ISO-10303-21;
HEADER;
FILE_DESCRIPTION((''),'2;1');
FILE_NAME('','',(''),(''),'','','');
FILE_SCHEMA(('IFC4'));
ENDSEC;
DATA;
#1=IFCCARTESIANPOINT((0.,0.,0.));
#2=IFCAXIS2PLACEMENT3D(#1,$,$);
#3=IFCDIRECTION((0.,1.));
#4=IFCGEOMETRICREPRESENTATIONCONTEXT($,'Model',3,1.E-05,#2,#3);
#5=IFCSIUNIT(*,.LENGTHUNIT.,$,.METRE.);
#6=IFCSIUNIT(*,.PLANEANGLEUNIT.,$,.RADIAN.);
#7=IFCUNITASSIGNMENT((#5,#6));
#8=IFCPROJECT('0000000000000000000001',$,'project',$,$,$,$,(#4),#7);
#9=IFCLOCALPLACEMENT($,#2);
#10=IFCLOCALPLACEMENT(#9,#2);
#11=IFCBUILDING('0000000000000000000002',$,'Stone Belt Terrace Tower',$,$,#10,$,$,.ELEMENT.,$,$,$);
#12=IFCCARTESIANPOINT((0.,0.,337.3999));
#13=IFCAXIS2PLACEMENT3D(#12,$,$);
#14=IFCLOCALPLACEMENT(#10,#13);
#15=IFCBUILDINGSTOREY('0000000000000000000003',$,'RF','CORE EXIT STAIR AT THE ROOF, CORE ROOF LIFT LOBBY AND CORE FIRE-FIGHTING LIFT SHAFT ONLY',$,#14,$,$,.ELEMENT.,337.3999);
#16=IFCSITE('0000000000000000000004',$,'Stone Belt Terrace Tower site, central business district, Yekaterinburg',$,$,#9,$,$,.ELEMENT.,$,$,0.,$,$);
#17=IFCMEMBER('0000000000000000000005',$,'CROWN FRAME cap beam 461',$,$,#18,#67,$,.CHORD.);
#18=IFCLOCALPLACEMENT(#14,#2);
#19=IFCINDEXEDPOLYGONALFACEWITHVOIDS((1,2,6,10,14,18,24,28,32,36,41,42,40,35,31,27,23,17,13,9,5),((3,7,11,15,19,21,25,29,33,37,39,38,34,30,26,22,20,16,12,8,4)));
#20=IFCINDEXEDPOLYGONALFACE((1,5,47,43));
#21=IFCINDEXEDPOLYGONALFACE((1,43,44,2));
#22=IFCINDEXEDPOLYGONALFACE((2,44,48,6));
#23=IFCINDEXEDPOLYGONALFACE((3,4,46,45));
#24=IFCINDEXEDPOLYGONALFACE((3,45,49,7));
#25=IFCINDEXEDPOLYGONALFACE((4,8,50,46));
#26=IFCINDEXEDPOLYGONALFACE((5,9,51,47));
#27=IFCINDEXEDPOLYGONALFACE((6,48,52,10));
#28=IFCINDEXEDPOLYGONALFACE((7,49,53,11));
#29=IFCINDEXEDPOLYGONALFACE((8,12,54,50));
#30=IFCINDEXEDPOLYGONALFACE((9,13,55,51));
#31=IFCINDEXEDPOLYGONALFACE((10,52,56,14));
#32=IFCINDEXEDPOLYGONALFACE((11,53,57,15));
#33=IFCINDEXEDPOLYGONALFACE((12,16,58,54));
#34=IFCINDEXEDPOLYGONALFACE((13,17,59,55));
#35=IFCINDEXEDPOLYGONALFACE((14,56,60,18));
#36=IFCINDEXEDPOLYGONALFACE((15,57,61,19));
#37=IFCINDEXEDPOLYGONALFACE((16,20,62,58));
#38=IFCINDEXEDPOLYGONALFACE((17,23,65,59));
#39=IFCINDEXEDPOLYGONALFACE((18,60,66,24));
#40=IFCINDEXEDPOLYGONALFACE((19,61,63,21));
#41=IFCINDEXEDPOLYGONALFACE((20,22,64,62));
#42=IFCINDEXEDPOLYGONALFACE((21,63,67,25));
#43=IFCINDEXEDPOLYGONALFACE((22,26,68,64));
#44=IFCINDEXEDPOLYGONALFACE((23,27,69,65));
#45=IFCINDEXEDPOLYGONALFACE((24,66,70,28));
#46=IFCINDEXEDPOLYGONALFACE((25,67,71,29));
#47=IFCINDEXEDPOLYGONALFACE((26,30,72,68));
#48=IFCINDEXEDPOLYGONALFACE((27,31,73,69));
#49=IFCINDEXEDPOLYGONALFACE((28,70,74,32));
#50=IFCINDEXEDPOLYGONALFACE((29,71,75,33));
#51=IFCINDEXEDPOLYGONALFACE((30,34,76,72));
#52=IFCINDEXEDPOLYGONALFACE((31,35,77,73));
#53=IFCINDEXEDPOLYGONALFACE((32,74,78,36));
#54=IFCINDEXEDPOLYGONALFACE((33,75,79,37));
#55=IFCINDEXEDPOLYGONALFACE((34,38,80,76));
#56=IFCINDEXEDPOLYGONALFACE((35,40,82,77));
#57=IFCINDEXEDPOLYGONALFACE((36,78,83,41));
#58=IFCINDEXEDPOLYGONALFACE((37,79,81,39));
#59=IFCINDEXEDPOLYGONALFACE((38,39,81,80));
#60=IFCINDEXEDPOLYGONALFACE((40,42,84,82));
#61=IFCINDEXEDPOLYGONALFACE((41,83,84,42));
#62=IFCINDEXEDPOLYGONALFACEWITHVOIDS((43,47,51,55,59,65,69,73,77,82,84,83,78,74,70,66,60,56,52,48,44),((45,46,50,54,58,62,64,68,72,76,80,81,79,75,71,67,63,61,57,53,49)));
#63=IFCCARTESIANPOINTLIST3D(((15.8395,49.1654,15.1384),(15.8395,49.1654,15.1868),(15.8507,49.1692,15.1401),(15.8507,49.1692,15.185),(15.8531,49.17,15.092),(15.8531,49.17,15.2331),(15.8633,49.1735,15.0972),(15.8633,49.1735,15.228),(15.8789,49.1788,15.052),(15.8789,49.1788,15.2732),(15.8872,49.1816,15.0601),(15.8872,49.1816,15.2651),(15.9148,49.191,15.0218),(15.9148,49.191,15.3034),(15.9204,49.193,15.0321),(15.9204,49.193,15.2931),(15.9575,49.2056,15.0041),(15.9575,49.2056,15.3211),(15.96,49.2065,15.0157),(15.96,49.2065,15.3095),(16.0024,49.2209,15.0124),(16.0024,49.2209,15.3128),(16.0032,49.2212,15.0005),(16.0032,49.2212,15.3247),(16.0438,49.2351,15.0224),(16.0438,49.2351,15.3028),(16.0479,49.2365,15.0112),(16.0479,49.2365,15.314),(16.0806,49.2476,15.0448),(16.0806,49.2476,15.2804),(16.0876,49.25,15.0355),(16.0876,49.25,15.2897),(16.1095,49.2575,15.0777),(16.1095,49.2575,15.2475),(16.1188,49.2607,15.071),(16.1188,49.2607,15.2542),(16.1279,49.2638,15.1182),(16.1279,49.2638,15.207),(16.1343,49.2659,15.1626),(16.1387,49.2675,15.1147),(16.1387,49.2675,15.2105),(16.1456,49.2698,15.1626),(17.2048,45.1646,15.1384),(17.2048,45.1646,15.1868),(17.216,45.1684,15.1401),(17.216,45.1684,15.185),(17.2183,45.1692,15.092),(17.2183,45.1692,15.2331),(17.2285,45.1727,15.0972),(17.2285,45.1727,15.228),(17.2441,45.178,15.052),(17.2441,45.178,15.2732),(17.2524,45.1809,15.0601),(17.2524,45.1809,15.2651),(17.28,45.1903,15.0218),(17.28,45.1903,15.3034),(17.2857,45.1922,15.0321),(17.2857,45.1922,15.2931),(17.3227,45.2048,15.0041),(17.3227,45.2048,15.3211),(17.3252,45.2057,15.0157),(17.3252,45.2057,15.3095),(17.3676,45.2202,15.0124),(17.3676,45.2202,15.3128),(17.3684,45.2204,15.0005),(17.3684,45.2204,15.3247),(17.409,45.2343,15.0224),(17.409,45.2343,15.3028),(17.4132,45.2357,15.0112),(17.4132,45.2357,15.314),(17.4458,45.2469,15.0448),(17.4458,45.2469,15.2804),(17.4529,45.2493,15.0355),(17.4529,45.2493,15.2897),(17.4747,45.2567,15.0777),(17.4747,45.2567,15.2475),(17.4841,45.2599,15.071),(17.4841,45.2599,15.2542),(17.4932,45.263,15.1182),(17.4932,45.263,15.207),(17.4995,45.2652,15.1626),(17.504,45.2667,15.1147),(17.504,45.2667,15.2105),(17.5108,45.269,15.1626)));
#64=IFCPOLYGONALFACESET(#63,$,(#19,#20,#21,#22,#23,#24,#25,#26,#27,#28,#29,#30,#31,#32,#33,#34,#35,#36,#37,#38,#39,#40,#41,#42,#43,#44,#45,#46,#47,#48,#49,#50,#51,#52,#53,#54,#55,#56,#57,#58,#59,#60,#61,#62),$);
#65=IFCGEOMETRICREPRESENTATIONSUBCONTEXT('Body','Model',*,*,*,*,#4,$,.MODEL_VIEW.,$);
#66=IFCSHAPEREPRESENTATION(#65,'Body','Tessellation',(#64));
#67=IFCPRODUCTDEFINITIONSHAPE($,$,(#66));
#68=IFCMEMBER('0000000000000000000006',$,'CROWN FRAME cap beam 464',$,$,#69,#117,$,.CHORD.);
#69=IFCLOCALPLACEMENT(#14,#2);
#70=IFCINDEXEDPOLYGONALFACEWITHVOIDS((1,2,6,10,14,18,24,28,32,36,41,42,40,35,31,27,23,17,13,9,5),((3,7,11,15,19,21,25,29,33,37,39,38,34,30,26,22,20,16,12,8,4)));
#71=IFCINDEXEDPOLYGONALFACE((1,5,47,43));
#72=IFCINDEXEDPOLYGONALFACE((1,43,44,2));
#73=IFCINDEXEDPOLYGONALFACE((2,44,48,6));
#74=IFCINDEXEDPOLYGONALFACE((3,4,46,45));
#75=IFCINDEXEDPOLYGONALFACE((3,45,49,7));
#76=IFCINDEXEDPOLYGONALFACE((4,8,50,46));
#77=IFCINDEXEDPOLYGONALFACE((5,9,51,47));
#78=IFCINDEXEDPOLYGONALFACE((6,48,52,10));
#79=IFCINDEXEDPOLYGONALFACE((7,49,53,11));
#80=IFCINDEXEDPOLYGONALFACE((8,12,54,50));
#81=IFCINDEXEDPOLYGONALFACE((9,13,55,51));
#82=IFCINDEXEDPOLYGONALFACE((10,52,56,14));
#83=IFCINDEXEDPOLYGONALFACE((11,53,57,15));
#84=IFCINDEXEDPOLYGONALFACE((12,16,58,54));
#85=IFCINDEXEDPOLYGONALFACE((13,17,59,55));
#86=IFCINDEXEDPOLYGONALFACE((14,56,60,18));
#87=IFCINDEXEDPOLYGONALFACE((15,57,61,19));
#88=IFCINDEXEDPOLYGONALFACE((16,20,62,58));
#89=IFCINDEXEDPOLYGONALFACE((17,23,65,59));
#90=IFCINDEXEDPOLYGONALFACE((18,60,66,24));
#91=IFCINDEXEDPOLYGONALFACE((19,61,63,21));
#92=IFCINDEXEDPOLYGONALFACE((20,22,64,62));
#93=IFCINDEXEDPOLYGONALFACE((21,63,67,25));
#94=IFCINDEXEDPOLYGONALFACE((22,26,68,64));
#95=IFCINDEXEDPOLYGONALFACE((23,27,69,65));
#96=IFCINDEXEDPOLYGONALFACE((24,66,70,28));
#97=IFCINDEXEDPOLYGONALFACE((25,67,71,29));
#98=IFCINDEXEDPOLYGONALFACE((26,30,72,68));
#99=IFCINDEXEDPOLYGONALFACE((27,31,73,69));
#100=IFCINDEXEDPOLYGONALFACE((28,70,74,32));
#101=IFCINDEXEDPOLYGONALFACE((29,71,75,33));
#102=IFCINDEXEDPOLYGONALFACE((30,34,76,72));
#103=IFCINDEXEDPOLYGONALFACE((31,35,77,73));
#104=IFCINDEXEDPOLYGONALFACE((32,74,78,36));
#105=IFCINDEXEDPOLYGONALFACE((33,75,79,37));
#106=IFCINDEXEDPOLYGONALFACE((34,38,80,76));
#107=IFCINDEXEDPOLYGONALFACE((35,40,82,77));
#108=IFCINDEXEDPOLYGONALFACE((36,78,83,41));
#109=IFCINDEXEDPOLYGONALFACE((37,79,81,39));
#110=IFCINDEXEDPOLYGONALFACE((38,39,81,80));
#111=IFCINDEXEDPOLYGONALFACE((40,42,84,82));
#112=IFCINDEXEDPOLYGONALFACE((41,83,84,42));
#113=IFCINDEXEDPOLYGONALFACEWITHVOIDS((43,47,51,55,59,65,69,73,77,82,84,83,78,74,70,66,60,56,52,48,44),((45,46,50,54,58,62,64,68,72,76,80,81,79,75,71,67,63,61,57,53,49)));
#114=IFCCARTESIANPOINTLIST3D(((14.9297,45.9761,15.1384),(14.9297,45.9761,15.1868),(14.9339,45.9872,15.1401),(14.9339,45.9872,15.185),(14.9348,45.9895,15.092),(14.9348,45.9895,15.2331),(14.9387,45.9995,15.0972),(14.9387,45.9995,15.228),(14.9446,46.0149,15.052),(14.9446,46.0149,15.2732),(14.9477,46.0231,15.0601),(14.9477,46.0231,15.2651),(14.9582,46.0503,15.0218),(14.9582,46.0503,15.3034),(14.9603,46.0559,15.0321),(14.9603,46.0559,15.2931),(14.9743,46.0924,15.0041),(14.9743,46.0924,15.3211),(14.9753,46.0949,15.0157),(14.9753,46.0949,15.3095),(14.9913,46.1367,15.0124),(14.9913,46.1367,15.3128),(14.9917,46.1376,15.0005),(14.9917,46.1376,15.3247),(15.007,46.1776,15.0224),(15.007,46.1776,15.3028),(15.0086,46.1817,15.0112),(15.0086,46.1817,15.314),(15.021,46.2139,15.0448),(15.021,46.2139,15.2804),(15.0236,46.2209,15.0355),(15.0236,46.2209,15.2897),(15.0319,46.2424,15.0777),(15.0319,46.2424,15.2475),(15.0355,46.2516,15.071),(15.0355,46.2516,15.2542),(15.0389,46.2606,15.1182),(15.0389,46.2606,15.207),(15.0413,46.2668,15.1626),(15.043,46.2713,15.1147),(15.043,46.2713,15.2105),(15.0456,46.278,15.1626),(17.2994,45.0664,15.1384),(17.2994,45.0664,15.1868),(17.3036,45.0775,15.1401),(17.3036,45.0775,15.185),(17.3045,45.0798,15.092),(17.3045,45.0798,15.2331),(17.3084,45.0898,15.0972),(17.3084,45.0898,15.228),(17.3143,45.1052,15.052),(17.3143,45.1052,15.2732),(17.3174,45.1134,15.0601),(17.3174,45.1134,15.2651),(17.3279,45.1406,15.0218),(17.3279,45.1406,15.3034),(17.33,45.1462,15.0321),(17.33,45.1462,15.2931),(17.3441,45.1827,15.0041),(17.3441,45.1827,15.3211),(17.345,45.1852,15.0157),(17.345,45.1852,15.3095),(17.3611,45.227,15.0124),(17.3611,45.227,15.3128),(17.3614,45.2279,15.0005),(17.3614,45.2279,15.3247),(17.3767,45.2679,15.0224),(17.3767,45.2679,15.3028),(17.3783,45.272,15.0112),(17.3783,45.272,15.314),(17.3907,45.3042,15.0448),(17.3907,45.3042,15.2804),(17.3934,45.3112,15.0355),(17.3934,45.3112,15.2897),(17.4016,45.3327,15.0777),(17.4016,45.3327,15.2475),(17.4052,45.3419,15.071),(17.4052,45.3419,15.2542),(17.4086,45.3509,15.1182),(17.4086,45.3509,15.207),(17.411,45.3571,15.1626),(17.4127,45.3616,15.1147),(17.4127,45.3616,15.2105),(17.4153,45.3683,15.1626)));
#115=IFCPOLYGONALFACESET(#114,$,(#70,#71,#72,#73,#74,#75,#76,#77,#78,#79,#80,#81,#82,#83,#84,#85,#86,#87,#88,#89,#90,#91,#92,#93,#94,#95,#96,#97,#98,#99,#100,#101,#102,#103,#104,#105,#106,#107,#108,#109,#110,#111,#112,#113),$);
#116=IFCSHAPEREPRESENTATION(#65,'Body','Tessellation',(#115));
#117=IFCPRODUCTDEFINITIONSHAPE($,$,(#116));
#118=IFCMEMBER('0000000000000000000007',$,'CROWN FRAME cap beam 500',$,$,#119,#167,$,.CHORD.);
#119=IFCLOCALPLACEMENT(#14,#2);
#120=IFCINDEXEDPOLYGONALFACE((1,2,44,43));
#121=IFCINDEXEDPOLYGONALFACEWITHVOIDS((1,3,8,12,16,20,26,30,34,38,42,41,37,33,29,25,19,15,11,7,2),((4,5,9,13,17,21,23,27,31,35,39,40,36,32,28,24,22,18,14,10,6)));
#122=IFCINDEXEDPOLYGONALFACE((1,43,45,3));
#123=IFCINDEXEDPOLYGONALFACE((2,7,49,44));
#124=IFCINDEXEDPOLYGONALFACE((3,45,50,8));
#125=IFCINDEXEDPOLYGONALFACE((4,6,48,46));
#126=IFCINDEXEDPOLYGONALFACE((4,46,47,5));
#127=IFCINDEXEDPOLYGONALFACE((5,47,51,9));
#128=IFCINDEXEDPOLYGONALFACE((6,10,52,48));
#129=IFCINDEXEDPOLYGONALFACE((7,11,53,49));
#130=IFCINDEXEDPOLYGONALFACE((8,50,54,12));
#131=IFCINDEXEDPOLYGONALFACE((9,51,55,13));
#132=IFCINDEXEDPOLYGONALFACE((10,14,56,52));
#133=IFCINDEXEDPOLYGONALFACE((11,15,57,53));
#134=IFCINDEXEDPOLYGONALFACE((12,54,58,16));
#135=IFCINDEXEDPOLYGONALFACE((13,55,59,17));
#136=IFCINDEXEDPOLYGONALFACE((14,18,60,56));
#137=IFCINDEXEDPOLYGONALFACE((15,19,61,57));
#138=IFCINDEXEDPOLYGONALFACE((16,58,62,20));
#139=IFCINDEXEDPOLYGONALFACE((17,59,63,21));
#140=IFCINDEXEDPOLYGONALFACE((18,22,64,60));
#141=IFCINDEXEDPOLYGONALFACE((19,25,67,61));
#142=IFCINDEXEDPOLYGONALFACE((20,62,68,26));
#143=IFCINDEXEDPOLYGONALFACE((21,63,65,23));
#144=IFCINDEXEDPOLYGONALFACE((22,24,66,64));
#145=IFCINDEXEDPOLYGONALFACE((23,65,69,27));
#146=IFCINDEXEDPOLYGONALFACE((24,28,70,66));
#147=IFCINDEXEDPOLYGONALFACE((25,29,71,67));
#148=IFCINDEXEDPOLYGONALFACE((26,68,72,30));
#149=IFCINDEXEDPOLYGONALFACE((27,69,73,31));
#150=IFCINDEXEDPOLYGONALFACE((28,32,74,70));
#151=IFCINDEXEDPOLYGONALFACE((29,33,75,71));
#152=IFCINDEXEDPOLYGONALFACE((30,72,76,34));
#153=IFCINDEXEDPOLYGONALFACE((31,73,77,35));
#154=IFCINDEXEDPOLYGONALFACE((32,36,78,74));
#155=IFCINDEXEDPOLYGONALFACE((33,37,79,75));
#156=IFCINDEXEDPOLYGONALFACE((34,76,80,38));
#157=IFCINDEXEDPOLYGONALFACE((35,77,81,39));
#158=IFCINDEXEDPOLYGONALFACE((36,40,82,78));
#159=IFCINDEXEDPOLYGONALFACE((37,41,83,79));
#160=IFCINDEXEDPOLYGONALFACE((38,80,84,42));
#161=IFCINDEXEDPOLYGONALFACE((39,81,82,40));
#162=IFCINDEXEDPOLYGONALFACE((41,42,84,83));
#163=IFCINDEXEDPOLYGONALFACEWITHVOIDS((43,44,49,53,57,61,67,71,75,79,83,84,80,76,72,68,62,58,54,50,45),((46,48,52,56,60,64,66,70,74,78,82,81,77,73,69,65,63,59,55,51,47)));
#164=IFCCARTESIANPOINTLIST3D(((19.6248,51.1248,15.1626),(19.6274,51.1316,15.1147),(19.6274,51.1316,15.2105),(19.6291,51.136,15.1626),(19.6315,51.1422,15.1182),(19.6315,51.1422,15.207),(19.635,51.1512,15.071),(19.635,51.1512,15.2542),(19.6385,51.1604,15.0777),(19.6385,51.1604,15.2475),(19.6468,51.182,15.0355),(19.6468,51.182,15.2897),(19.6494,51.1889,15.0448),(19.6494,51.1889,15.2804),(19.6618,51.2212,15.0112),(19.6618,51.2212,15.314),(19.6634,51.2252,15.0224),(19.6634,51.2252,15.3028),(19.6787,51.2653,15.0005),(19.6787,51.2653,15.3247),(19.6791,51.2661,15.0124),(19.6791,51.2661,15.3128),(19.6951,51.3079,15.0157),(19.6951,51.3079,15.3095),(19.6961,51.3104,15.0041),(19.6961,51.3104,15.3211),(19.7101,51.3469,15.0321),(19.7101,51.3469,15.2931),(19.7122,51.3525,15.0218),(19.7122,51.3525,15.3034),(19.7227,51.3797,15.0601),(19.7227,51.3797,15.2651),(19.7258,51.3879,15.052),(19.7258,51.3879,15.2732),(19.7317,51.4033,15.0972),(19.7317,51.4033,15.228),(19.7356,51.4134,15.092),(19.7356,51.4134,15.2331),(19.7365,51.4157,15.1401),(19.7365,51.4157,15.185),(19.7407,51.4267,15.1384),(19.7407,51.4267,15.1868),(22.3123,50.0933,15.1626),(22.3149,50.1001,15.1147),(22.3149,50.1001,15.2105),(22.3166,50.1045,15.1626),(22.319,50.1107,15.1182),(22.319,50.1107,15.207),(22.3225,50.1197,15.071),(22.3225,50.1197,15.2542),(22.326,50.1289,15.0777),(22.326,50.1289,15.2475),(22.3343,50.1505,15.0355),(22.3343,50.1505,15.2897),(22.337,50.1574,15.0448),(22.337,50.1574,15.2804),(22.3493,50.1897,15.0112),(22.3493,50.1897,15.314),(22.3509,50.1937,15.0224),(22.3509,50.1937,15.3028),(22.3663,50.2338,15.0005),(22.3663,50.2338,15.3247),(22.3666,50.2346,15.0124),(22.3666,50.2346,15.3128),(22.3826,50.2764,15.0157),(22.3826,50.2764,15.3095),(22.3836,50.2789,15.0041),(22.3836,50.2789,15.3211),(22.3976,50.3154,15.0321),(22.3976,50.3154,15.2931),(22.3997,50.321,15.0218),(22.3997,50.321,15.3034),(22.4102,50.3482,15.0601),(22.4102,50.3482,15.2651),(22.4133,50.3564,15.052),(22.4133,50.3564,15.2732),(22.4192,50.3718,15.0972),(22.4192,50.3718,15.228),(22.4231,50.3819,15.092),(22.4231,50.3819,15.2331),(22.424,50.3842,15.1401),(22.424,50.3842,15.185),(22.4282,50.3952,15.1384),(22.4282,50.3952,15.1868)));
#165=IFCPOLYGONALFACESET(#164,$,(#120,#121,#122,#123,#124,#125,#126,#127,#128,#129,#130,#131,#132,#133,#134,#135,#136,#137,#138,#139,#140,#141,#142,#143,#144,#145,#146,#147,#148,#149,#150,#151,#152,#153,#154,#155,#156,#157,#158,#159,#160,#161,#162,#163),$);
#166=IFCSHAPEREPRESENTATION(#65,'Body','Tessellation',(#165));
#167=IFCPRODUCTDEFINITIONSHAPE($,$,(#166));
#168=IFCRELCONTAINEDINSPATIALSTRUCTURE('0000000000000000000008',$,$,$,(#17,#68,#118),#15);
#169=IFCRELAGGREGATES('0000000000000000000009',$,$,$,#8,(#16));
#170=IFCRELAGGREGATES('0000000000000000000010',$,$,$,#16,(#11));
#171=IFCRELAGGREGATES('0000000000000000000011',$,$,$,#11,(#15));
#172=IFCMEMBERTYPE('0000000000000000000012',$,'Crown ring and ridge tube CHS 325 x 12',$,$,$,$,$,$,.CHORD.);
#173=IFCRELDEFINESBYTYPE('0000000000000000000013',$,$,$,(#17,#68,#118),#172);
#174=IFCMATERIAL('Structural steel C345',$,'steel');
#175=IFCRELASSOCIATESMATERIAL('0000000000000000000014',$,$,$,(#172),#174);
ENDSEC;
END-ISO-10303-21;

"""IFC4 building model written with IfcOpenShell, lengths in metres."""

from ifc_helpers import new_model, si_unit, direction, frame, origin, origin_2d, place, context, subcontext, project, spatial, hollow_circle, extrude, material, material_profile, profile_set, type_object, element, save


model = new_model("IFC4")

# Units and contexts
model_context = context("Model", 3, precision=1e-05, world=origin(), true_north=direction((0.0, 1.0)))
body_context = subcontext(model_context, "Body", "Model", "MODEL_VIEW")
ifc_project = project(units=[si_unit("LENGTHUNIT", "METRE"), si_unit("PLANEANGLEUNIT", "RADIAN")], contexts=[model_context])

# Site, building, storey
site_placement = place(None, origin())
site = spatial("IfcSite", under=ifc_project, at=site_placement, Name="Stone Belt Terrace Tower site, central business district, Yekaterinburg", CompositionType="ELEMENT", RefElevation=0.0)
building_placement = place(site_placement, origin())
building = spatial("IfcBuilding", under=site, at=building_placement, Name="Stone Belt Terrace Tower", CompositionType="ELEMENT")
storey_placement = place(building_placement, frame((0.0, 0.0, 337.3999)))
storey = spatial("IfcBuildingStorey", under=building, at=storey_placement, Name="RF", Description="CORE EXIT STAIR AT THE ROOF, CORE ROOF LIFT LOBBY AND CORE FIRE-FIGHTING LIFT SHAFT ONLY", CompositionType="ELEMENT", Elevation=337.3999)

# Members
ifc_material_1 = material(Name="Structural steel C345", Category="steel")
ifc_material_profile_1 = material_profile(ifc_material_1, hollow_circle(Radius=0.1626, WallThickness=0.012, at=origin_2d()), Name="Structural steel C345 CHS 325x12")
ifc_profile_set_1 = profile_set([ifc_material_profile_1], Name="Structural steel C345")
member_type_1 = type_object("IfcMemberType", Name="Crown ring and ridge tube CHS 325 x 12", PredefinedType="CHORD", material=ifc_profile_set_1)
member_1_placement = place(storey_placement, frame((15.9917, 49.2173, 15.1626), z_axis=(0.32296, -0.946413, 0.0), x_axis=(0.946413, 0.32296, 0.0)))
element("IfcMember", 1, at=member_1_placement, inside=storey, type_object=member_type_1, Name="CROWN FRAME cap beam 461", PredefinedType="CHORD", context=body_context, shape_type="SweptSolid", body=[
    extrude(hollow_circle(Radius=0.1626, WallThickness=0.012, at=origin_2d()), origin(), (0.0, 0.0, 1.0), 4.2273),
])
member_2_placement = place(storey_placement, frame((14.9873, 46.1262, 15.1626), z_axis=(0.933573, -0.358386, 0.0), x_axis=(0.358386, 0.933573, 0.0)))
element("IfcMember", 2, at=member_2_placement, inside=storey, type_object=member_type_1, Name="CROWN FRAME cap beam 464", PredefinedType="CHORD", context=body_context, shape_type="SweptSolid", body=[
    extrude(hollow_circle(Radius=0.1626, WallThickness=0.012, at=origin_2d()), origin(), (0.0, 0.0, 1.0), 2.5383),
])
member_3_placement = place(storey_placement, frame((22.3706, 50.2451, 15.1626), z_axis=(-0.933597, 0.358325, 0.0), x_axis=(-0.358325, -0.933597, 0.0)))
element("IfcMember", 3, at=member_3_placement, inside=storey, type_object=member_type_1, Name="CROWN FRAME cap beam 500", PredefinedType="CHORD", context=body_context, shape_type="SweptSolid", body=[
    extrude(hollow_circle(Radius=0.1626, WallThickness=0.012, at=origin_2d()), origin(), (0.0, 0.0, 1.0), 2.8787),
])

save(model, "model.ifc")
